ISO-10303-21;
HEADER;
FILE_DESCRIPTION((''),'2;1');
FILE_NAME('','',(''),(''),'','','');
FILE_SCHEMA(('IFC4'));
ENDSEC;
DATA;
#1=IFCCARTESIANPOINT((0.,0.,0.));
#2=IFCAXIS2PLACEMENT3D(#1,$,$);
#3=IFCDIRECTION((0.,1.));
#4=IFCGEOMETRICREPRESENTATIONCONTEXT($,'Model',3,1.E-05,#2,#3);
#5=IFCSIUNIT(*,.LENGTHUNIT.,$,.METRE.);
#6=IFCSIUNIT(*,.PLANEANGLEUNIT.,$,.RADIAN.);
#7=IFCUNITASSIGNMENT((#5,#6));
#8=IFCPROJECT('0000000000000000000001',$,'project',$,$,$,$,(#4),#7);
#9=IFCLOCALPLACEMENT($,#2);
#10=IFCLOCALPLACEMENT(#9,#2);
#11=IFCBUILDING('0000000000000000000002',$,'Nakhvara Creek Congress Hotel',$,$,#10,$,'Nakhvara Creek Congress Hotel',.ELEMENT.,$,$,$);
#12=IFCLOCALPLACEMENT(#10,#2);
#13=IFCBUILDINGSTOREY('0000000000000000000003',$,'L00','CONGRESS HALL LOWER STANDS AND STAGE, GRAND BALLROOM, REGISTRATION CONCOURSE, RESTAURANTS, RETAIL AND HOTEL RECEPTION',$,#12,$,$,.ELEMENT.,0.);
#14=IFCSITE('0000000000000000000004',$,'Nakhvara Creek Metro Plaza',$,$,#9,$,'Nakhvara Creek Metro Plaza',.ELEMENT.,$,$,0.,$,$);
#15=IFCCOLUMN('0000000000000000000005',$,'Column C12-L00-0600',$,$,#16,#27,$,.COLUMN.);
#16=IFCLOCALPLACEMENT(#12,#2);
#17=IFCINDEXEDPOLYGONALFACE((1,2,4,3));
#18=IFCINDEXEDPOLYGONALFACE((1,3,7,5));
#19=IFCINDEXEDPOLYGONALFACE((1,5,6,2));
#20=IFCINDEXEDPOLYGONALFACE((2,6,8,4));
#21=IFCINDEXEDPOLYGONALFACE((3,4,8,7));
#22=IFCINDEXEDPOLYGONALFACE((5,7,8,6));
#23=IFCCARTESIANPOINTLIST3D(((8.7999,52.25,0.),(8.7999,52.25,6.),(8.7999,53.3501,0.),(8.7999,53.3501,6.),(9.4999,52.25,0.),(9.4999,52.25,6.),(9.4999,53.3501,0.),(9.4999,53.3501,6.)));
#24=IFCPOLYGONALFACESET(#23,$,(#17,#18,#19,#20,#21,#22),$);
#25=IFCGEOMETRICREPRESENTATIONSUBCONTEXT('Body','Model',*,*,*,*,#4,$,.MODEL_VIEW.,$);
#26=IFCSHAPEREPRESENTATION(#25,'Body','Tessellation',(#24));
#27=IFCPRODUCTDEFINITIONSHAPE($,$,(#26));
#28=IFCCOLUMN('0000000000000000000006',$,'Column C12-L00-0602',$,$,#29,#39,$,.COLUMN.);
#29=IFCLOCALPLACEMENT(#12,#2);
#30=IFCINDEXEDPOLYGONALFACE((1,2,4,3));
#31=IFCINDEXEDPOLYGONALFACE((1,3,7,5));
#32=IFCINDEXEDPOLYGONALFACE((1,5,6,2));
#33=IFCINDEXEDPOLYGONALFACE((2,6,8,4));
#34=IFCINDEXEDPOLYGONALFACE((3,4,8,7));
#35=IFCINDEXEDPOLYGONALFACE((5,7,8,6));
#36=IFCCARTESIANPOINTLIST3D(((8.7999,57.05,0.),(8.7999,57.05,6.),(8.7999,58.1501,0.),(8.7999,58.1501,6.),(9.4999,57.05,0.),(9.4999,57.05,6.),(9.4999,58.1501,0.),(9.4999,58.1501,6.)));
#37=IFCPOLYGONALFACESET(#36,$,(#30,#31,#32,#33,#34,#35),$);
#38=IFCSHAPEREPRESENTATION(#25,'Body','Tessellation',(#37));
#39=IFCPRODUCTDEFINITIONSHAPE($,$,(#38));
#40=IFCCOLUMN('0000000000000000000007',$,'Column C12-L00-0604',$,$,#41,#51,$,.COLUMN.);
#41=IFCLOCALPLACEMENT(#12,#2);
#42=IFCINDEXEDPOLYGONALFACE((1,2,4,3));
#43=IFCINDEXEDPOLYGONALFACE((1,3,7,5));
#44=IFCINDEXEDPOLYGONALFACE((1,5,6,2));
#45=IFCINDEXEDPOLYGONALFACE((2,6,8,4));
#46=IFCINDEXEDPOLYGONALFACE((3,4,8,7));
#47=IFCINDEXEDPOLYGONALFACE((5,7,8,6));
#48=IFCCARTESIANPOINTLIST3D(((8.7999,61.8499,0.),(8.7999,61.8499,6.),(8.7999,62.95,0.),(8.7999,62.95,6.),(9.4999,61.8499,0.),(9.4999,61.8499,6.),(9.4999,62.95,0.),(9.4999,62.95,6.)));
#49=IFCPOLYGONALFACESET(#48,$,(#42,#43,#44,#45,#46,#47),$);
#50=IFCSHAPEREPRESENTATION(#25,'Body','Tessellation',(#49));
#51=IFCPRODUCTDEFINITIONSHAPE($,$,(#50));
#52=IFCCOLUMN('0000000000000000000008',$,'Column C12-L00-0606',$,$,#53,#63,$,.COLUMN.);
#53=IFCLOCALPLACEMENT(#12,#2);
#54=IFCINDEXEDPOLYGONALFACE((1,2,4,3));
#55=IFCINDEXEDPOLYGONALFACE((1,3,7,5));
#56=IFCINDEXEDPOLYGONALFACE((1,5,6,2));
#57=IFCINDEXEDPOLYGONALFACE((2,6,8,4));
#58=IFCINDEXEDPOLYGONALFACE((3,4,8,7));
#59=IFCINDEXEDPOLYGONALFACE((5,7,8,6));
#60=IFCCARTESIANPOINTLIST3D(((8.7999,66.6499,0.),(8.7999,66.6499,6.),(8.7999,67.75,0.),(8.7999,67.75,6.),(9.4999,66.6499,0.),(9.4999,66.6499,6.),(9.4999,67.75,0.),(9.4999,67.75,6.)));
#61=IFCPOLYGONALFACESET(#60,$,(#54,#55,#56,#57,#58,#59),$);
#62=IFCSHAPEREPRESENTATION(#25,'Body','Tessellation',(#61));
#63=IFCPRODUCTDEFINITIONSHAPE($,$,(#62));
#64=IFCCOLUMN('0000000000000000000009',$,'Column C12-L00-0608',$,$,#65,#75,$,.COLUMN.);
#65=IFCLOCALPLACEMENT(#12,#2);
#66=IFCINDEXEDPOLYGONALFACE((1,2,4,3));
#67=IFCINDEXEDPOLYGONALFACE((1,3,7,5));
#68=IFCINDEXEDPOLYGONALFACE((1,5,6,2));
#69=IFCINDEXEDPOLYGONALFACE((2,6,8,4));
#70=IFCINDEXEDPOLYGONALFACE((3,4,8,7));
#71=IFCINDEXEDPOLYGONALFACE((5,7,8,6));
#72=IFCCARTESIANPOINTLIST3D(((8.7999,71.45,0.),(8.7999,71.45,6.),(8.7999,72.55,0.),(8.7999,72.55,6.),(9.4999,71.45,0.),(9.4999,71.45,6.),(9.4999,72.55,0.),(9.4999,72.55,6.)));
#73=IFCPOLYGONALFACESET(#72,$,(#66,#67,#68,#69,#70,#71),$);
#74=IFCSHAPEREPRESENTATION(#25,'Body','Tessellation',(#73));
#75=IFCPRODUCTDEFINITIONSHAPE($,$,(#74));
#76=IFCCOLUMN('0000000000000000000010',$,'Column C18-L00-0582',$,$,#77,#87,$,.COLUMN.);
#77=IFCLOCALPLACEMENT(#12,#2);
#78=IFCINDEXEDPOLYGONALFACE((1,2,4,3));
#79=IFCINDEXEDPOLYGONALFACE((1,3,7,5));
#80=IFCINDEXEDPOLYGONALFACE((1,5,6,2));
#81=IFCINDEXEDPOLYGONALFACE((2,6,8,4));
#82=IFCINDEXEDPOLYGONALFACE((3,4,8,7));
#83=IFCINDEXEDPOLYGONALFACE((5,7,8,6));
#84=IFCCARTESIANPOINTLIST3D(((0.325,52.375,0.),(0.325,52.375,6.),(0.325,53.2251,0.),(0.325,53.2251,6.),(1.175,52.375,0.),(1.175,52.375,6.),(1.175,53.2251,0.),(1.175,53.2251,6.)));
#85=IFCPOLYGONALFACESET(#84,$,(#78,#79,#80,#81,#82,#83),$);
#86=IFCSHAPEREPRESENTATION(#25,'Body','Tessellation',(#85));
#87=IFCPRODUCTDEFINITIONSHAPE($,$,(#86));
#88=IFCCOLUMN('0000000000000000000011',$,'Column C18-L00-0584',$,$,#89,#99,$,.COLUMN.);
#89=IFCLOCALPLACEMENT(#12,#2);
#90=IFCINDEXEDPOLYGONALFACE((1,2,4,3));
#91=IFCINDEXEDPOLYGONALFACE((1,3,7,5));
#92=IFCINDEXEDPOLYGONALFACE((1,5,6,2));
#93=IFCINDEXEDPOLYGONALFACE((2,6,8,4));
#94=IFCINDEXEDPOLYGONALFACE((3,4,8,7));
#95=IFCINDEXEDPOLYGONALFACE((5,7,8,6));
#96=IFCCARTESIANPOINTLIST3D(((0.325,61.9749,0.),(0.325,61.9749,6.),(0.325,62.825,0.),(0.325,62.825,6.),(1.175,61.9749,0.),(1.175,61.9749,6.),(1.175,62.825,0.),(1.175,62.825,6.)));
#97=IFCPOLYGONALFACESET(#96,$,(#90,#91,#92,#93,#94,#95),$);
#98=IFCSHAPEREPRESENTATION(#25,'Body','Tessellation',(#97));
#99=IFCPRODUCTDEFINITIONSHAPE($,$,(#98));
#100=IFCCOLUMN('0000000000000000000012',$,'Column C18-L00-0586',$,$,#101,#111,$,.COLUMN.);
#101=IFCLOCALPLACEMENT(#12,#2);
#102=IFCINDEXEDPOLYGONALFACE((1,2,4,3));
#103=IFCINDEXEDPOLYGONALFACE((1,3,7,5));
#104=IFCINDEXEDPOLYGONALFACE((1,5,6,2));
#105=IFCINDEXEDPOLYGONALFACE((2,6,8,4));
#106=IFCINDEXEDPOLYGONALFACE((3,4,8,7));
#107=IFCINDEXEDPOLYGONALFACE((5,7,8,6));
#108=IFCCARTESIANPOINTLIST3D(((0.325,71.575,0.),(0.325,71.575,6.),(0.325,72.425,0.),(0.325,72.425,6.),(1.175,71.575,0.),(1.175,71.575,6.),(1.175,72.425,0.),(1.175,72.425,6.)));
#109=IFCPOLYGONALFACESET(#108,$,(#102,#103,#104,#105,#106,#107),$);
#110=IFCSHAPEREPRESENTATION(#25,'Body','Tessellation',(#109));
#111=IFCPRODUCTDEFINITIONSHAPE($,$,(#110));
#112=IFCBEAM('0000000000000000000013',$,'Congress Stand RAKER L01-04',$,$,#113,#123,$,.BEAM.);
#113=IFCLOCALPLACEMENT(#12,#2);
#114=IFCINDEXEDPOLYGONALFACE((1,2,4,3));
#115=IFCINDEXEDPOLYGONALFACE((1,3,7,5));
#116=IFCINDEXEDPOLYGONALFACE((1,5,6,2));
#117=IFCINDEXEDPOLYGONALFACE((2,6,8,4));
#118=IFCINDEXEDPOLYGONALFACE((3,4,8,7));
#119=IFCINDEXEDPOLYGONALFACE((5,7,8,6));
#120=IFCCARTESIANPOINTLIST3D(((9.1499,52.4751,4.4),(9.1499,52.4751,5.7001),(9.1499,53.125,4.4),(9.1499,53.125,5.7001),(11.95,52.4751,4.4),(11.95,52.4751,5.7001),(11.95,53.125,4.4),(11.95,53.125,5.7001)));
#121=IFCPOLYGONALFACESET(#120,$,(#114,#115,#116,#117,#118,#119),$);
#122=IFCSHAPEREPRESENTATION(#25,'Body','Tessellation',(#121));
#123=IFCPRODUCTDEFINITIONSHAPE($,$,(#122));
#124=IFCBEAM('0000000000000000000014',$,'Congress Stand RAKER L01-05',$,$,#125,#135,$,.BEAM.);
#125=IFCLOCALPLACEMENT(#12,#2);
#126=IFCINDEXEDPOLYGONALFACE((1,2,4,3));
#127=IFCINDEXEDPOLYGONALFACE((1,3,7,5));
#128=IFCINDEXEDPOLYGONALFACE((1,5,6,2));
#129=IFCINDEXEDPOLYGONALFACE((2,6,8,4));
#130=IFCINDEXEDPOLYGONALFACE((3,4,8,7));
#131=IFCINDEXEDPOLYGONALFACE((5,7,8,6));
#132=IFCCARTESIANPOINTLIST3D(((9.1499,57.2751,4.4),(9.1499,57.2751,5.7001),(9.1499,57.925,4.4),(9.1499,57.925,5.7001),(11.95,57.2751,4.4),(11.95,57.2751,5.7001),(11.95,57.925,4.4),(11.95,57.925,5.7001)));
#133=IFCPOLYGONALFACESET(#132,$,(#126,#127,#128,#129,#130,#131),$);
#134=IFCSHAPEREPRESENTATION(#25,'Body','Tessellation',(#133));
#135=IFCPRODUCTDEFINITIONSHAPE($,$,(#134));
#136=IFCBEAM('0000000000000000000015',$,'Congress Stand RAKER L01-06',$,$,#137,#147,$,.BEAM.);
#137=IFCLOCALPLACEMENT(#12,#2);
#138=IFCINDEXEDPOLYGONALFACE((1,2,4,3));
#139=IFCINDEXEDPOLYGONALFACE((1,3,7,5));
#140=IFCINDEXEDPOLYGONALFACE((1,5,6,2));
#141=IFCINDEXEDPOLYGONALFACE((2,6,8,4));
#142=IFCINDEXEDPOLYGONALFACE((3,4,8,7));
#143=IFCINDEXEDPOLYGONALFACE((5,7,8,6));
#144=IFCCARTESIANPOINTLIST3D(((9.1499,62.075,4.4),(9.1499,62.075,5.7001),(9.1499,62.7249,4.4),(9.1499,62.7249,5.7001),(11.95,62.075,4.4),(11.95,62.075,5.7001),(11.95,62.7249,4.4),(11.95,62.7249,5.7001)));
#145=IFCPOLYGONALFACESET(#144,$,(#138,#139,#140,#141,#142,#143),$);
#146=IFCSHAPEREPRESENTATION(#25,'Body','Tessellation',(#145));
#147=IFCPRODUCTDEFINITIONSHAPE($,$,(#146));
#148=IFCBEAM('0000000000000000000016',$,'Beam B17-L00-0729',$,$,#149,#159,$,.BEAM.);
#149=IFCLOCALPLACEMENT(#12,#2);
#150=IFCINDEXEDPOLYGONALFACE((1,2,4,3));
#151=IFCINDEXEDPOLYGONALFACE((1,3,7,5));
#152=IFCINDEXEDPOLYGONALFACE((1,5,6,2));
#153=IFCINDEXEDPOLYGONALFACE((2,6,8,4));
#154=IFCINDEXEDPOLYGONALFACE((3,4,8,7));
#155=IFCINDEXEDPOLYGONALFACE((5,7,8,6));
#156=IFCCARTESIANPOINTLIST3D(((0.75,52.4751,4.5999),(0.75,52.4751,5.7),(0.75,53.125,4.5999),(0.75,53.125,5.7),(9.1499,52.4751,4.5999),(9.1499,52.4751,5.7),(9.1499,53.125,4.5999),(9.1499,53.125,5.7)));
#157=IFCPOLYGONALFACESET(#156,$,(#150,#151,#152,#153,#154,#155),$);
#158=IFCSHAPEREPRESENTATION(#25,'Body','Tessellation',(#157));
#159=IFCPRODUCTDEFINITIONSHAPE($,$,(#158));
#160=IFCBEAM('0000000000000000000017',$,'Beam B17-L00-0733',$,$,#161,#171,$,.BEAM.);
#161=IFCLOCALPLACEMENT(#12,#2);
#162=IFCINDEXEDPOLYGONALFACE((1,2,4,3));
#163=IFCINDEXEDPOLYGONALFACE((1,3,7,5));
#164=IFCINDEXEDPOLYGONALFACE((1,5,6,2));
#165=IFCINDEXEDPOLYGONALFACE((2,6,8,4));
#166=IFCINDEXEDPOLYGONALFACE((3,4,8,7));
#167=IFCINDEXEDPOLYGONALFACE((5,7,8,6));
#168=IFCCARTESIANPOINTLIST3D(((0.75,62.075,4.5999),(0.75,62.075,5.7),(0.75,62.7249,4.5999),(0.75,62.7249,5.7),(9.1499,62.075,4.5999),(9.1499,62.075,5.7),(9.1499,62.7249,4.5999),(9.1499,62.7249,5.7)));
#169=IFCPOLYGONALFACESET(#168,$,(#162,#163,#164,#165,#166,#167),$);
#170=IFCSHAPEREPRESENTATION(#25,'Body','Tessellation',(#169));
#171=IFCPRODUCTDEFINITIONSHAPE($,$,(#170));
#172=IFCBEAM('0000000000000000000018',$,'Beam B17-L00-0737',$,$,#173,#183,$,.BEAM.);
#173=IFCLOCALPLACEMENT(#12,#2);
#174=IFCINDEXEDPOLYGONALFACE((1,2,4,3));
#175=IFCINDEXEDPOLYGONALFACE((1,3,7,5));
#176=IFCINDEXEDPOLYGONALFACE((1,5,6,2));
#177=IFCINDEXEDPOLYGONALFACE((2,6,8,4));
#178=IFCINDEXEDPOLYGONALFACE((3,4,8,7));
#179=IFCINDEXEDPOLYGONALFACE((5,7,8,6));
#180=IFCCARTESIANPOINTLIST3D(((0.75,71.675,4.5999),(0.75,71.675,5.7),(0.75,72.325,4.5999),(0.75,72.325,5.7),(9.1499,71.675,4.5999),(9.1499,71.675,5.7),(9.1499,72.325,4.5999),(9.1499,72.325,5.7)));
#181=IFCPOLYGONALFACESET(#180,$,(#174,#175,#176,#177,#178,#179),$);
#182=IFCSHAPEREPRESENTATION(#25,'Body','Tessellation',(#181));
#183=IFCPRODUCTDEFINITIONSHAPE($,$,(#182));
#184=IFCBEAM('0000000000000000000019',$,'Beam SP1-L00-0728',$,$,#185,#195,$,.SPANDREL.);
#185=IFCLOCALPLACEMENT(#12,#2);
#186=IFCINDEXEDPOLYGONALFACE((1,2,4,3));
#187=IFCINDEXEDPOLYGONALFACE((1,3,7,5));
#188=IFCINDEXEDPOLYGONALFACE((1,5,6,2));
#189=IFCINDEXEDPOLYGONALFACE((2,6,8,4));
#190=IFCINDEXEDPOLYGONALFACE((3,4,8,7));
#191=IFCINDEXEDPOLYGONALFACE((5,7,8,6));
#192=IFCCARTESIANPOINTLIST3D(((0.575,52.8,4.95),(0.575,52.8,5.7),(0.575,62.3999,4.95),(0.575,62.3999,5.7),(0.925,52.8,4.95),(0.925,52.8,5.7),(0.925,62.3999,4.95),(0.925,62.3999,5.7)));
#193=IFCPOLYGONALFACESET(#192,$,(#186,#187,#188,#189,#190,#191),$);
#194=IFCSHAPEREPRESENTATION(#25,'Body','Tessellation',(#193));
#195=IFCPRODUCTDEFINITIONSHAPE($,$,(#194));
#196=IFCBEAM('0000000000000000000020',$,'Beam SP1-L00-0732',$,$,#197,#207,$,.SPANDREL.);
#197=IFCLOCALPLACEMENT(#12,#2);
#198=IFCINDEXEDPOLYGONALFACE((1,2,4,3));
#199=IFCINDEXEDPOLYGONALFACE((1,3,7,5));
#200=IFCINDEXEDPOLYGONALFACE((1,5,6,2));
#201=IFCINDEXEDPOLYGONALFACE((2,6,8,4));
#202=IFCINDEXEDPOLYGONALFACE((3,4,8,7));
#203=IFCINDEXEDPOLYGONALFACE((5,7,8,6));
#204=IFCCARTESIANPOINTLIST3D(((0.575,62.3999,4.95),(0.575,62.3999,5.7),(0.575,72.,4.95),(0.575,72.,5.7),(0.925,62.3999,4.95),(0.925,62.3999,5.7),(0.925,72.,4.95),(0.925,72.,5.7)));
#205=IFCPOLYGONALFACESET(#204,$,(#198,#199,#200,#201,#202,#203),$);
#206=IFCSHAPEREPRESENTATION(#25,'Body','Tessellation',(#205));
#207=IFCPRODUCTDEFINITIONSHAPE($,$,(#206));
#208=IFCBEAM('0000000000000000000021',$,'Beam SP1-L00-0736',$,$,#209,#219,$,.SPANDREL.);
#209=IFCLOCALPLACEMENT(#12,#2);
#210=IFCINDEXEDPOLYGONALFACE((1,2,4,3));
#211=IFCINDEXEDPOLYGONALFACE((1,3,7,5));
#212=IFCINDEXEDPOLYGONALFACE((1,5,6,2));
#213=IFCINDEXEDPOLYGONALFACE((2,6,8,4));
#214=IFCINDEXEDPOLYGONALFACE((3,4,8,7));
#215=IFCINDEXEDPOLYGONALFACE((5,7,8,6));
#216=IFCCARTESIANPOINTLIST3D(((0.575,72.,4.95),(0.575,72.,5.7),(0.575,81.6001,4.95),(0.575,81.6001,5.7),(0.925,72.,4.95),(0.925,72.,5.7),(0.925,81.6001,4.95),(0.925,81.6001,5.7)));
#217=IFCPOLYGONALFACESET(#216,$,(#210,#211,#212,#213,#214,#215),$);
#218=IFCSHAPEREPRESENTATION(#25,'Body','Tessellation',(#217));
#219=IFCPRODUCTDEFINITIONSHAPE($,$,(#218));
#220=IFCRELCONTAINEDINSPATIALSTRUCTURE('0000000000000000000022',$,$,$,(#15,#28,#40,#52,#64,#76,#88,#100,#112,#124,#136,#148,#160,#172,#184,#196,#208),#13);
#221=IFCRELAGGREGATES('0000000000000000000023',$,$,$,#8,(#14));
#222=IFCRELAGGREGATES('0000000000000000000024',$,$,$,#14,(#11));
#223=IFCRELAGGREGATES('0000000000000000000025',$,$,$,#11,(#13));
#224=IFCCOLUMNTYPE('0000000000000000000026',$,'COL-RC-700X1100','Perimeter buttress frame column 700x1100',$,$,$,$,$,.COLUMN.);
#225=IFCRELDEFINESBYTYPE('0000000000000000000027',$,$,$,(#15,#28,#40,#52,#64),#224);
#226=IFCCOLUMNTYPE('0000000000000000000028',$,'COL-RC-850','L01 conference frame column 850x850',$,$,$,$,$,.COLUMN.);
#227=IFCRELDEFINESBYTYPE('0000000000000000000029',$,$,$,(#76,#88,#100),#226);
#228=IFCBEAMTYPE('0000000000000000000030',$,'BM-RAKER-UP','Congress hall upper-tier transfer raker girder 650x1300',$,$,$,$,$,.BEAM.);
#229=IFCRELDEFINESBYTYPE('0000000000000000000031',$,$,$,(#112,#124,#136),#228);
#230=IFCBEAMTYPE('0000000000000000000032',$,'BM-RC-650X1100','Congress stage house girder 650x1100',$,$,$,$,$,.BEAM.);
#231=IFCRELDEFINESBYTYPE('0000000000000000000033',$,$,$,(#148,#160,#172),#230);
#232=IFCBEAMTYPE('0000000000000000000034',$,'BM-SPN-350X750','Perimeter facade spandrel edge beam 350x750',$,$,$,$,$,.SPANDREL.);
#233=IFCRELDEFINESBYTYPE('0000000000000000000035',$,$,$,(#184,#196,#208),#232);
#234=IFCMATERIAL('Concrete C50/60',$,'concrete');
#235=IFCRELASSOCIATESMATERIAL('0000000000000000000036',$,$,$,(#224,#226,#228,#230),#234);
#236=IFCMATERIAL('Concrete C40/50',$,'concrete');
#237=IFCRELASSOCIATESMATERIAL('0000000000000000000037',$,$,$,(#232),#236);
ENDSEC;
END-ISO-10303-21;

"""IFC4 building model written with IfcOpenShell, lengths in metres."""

from ifc_helpers import new_model, si_unit, direction, frame, origin, origin_2d, place, context, subcontext, project, spatial, rectangle, extrude, material, material_profile, profile_set, type_object, element, save


model = new_model("IFC4")

# Units and contexts
model_context = context("Model", 3, precision=1e-05, world=origin(), true_north=direction((0.0, 1.0)))
body_context = subcontext(model_context, "Body", "Model", "MODEL_VIEW")
ifc_project = project(units=[si_unit("LENGTHUNIT", "METRE"), si_unit("PLANEANGLEUNIT", "RADIAN")], contexts=[model_context])

# Site, building, storey
site_placement = place(None, origin())
site = spatial("IfcSite", under=ifc_project, at=site_placement, Name="Nakhvara Creek Metro Plaza", LongName="Nakhvara Creek Metro Plaza", CompositionType="ELEMENT", RefElevation=0.0)
building_placement = place(site_placement, origin())
building = spatial("IfcBuilding", under=site, at=building_placement, Name="Nakhvara Creek Congress Hotel", LongName="Nakhvara Creek Congress Hotel", CompositionType="ELEMENT")
storey_placement = place(building_placement, origin())
storey = spatial("IfcBuildingStorey", under=building, at=storey_placement, Name="L00", Description="CONGRESS HALL LOWER STANDS AND STAGE, GRAND BALLROOM, REGISTRATION CONCOURSE, RESTAURANTS, RETAIL AND HOTEL RECEPTION", CompositionType="ELEMENT", Elevation=0.0)

# Columns
ifc_material_1 = material(Name="Concrete C50/60", Category="concrete")
ifc_material_profile_1 = material_profile(ifc_material_1, rectangle(XDim=0.7, YDim=1.1001, at=origin_2d()), Name="RC-COL 700x1100", Category="LoadBearing")
ifc_profile_set_1 = profile_set([ifc_material_profile_1], Name="Concrete C50/60")
column_type_1 = type_object("IfcColumnType", Name="COL-RC-700X1100", Description="Perimeter buttress frame column 700x1100", PredefinedType="COLUMN", material=ifc_profile_set_1)
for number, where, z_axis, x_axis, name in (
    (1, (9.1499, 52.8, 0.0), (0.0, 0.0, 1.0), (1.0, 0.0, 0.0), "Column C12-L00-0600"),
    (2, (9.1499, 57.6001, 0.0), (0.0, 0.0, 1.0), (1.0, 0.0, 0.0), "Column C12-L00-0602"),
    (3, (9.1499, 62.3999, 0.0), (0.0, 0.0, 1.0), (1.0, 0.0, 0.0), "Column C12-L00-0604"),
    (4, (9.1499, 67.2, 0.0), (0.0, 0.0, 1.0), (1.0, 0.0, 0.0), "Column C12-L00-0606"),
    (5, (9.1499, 72.0, 0.0), (0.0, 0.0, 1.0), (1.0, 0.0, 0.0), "Column C12-L00-0608"),
):
    element("IfcColumn", number, at=place(storey_placement, frame(where, z_axis=z_axis, x_axis=x_axis)), inside=storey, type_object=column_type_1, Name=name, PredefinedType="COLUMN", context=body_context, shape_type="SweptSolid", body=[
        extrude(rectangle(XDim=0.7, YDim=1.1001, at=origin_2d()), origin(), (0.0, 0.0, 1.0), 6.0),
    ])
ifc_material_profile_2 = material_profile(ifc_material_1, rectangle(XDim=0.8501, YDim=0.8501, at=origin_2d()), Name="RC-COL 850x850", Category="LoadBearing")
ifc_profile_set_2 = profile_set([ifc_material_profile_2], Name="Concrete C50/60")
column_type_2 = type_object("IfcColumnType", Name="COL-RC-850", Description="L01 conference frame column 850x850", PredefinedType="COLUMN", material=ifc_profile_set_2)
for number, where, z_axis, x_axis, name in (
    (6, (0.75, 52.8, 0.0), (0.0, 0.0, 1.0), (1.0, 0.0, 0.0), "Column C18-L00-0582"),
    (7, (0.75, 62.3999, 0.0), (0.0, 0.0, 1.0), (1.0, 0.0, 0.0), "Column C18-L00-0584"),
    (8, (0.75, 72.0, 0.0), (0.0, 0.0, 1.0), (1.0, 0.0, 0.0), "Column C18-L00-0586"),
):
    element("IfcColumn", number, at=place(storey_placement, frame(where, z_axis=z_axis, x_axis=x_axis)), inside=storey, type_object=column_type_2, Name=name, PredefinedType="COLUMN", context=body_context, shape_type="SweptSolid", body=[
        extrude(rectangle(XDim=0.8501, YDim=0.8501, at=origin_2d()), origin(), (0.0, 0.0, 1.0), 6.0),
    ])

# Beams
ifc_material_profile_3 = material_profile(ifc_material_1, rectangle(XDim=0.6499, YDim=1.3, at=origin_2d()), Name="RC-RAKER 650x1300", Category="LoadBearing")
ifc_profile_set_3 = profile_set([ifc_material_profile_3], Name="Concrete C50/60")
beam_type_1 = type_object("IfcBeamType", Name="BM-RAKER-UP", Description="Congress hall upper-tier transfer raker girder 650x1300", PredefinedType="BEAM", material=ifc_profile_set_3)
for number, where, z_axis, x_axis, name in (
    (9, (9.1499, 52.8, 5.05), (1.0, 0.0, 0.0), (0.0, 1.0, 0.0), "Congress Stand RAKER L01-04"),
    (10, (9.1499, 57.6001, 5.05), (1.0, 0.0, 0.0), (0.0, 1.0, 0.0), "Congress Stand RAKER L01-05"),
    (11, (9.1499, 62.3999, 5.05), (1.0, 0.0, 0.0), (0.0, 1.0, 0.0), "Congress Stand RAKER L01-06"),
):
    element("IfcBeam", number, at=place(storey_placement, frame(where, z_axis=z_axis, x_axis=x_axis)), inside=storey, type_object=beam_type_1, Name=name, PredefinedType="BEAM", context=body_context, shape_type="SweptSolid", body=[
        extrude(rectangle(XDim=0.6499, YDim=1.3, at=origin_2d()), origin(), (0.0, 0.0, 1.0), 2.8),
    ])
ifc_material_profile_4 = material_profile(ifc_material_1, rectangle(XDim=0.6499, YDim=1.1001, at=origin_2d()), Name="RC-BM 650x1100", Category="LoadBearing")
ifc_profile_set_4 = profile_set([ifc_material_profile_4], Name="Concrete C50/60")
beam_type_2 = type_object("IfcBeamType", Name="BM-RC-650X1100", Description="Congress stage house girder 650x1100", PredefinedType="BEAM", material=ifc_profile_set_4)
for number, where, z_axis, x_axis, name in (
    (12, (0.75, 52.8, 5.1499), (1.0, 0.0, 0.0), (0.0, 1.0, 0.0), "Beam B17-L00-0729"),
    (13, (0.75, 62.3999, 5.1499), (1.0, 0.0, 0.0), (0.0, 1.0, 0.0), "Beam B17-L00-0733"),
    (14, (0.75, 72.0, 5.1499), (1.0, 0.0, 0.0), (0.0, 1.0, 0.0), "Beam B17-L00-0737"),
):
    element("IfcBeam", number, at=place(storey_placement, frame(where, z_axis=z_axis, x_axis=x_axis)), inside=storey, type_object=beam_type_2, Name=name, PredefinedType="BEAM", context=body_context, shape_type="SweptSolid", body=[
        extrude(rectangle(XDim=0.6499, YDim=1.1001, at=origin_2d()), origin(), (0.0, 0.0, 1.0), 8.3999),
    ])
ifc_material_2 = material(Name="Concrete C40/50", Category="concrete")
ifc_material_profile_5 = material_profile(ifc_material_2, rectangle(XDim=0.3501, YDim=0.75, at=origin_2d()), Name="RC-SPANDREL 350x750", Category="LoadBearing")
ifc_profile_set_5 = profile_set([ifc_material_profile_5], Name="Concrete C40/50")
beam_type_3 = type_object("IfcBeamType", Name="BM-SPN-350X750", Description="Perimeter facade spandrel edge beam 350x750", PredefinedType="SPANDREL", material=ifc_profile_set_5)
beam_1_placement = place(storey_placement, frame((0.75, 52.8, 5.325), z_axis=(0.0, 1.0, 0.0), x_axis=(-1.0, 0.0, 0.0)))
element("IfcBeam", 15, at=beam_1_placement, inside=storey, type_object=beam_type_3, Name="Beam SP1-L00-0728", PredefinedType="SPANDREL", context=body_context, shape_type="SweptSolid", body=[
    extrude(rectangle(XDim=0.3501, YDim=0.75, at=origin_2d()), origin(), (0.0, 0.0, 1.0), 9.5999),
])
for number, where, z_axis, x_axis, name in (
    (16, (0.75, 62.3999, 5.325), (0.0, 1.0, 0.0), (-1.0, 0.0, 0.0), "Beam SP1-L00-0732"),
    (17, (0.75, 72.0, 5.325), (0.0, 1.0, 0.0), (-1.0, 0.0, 0.0), "Beam SP1-L00-0736"),
):
    element("IfcBeam", number, at=place(storey_placement, frame(where, z_axis=z_axis, x_axis=x_axis)), inside=storey, type_object=beam_type_3, Name=name, PredefinedType="SPANDREL", context=body_context, shape_type="SweptSolid", body=[
        extrude(rectangle(XDim=0.3501, YDim=0.75, at=origin_2d()), origin(), (0.0, 0.0, 1.0), 9.6001),
    ])

save(model, "model.ifc")
